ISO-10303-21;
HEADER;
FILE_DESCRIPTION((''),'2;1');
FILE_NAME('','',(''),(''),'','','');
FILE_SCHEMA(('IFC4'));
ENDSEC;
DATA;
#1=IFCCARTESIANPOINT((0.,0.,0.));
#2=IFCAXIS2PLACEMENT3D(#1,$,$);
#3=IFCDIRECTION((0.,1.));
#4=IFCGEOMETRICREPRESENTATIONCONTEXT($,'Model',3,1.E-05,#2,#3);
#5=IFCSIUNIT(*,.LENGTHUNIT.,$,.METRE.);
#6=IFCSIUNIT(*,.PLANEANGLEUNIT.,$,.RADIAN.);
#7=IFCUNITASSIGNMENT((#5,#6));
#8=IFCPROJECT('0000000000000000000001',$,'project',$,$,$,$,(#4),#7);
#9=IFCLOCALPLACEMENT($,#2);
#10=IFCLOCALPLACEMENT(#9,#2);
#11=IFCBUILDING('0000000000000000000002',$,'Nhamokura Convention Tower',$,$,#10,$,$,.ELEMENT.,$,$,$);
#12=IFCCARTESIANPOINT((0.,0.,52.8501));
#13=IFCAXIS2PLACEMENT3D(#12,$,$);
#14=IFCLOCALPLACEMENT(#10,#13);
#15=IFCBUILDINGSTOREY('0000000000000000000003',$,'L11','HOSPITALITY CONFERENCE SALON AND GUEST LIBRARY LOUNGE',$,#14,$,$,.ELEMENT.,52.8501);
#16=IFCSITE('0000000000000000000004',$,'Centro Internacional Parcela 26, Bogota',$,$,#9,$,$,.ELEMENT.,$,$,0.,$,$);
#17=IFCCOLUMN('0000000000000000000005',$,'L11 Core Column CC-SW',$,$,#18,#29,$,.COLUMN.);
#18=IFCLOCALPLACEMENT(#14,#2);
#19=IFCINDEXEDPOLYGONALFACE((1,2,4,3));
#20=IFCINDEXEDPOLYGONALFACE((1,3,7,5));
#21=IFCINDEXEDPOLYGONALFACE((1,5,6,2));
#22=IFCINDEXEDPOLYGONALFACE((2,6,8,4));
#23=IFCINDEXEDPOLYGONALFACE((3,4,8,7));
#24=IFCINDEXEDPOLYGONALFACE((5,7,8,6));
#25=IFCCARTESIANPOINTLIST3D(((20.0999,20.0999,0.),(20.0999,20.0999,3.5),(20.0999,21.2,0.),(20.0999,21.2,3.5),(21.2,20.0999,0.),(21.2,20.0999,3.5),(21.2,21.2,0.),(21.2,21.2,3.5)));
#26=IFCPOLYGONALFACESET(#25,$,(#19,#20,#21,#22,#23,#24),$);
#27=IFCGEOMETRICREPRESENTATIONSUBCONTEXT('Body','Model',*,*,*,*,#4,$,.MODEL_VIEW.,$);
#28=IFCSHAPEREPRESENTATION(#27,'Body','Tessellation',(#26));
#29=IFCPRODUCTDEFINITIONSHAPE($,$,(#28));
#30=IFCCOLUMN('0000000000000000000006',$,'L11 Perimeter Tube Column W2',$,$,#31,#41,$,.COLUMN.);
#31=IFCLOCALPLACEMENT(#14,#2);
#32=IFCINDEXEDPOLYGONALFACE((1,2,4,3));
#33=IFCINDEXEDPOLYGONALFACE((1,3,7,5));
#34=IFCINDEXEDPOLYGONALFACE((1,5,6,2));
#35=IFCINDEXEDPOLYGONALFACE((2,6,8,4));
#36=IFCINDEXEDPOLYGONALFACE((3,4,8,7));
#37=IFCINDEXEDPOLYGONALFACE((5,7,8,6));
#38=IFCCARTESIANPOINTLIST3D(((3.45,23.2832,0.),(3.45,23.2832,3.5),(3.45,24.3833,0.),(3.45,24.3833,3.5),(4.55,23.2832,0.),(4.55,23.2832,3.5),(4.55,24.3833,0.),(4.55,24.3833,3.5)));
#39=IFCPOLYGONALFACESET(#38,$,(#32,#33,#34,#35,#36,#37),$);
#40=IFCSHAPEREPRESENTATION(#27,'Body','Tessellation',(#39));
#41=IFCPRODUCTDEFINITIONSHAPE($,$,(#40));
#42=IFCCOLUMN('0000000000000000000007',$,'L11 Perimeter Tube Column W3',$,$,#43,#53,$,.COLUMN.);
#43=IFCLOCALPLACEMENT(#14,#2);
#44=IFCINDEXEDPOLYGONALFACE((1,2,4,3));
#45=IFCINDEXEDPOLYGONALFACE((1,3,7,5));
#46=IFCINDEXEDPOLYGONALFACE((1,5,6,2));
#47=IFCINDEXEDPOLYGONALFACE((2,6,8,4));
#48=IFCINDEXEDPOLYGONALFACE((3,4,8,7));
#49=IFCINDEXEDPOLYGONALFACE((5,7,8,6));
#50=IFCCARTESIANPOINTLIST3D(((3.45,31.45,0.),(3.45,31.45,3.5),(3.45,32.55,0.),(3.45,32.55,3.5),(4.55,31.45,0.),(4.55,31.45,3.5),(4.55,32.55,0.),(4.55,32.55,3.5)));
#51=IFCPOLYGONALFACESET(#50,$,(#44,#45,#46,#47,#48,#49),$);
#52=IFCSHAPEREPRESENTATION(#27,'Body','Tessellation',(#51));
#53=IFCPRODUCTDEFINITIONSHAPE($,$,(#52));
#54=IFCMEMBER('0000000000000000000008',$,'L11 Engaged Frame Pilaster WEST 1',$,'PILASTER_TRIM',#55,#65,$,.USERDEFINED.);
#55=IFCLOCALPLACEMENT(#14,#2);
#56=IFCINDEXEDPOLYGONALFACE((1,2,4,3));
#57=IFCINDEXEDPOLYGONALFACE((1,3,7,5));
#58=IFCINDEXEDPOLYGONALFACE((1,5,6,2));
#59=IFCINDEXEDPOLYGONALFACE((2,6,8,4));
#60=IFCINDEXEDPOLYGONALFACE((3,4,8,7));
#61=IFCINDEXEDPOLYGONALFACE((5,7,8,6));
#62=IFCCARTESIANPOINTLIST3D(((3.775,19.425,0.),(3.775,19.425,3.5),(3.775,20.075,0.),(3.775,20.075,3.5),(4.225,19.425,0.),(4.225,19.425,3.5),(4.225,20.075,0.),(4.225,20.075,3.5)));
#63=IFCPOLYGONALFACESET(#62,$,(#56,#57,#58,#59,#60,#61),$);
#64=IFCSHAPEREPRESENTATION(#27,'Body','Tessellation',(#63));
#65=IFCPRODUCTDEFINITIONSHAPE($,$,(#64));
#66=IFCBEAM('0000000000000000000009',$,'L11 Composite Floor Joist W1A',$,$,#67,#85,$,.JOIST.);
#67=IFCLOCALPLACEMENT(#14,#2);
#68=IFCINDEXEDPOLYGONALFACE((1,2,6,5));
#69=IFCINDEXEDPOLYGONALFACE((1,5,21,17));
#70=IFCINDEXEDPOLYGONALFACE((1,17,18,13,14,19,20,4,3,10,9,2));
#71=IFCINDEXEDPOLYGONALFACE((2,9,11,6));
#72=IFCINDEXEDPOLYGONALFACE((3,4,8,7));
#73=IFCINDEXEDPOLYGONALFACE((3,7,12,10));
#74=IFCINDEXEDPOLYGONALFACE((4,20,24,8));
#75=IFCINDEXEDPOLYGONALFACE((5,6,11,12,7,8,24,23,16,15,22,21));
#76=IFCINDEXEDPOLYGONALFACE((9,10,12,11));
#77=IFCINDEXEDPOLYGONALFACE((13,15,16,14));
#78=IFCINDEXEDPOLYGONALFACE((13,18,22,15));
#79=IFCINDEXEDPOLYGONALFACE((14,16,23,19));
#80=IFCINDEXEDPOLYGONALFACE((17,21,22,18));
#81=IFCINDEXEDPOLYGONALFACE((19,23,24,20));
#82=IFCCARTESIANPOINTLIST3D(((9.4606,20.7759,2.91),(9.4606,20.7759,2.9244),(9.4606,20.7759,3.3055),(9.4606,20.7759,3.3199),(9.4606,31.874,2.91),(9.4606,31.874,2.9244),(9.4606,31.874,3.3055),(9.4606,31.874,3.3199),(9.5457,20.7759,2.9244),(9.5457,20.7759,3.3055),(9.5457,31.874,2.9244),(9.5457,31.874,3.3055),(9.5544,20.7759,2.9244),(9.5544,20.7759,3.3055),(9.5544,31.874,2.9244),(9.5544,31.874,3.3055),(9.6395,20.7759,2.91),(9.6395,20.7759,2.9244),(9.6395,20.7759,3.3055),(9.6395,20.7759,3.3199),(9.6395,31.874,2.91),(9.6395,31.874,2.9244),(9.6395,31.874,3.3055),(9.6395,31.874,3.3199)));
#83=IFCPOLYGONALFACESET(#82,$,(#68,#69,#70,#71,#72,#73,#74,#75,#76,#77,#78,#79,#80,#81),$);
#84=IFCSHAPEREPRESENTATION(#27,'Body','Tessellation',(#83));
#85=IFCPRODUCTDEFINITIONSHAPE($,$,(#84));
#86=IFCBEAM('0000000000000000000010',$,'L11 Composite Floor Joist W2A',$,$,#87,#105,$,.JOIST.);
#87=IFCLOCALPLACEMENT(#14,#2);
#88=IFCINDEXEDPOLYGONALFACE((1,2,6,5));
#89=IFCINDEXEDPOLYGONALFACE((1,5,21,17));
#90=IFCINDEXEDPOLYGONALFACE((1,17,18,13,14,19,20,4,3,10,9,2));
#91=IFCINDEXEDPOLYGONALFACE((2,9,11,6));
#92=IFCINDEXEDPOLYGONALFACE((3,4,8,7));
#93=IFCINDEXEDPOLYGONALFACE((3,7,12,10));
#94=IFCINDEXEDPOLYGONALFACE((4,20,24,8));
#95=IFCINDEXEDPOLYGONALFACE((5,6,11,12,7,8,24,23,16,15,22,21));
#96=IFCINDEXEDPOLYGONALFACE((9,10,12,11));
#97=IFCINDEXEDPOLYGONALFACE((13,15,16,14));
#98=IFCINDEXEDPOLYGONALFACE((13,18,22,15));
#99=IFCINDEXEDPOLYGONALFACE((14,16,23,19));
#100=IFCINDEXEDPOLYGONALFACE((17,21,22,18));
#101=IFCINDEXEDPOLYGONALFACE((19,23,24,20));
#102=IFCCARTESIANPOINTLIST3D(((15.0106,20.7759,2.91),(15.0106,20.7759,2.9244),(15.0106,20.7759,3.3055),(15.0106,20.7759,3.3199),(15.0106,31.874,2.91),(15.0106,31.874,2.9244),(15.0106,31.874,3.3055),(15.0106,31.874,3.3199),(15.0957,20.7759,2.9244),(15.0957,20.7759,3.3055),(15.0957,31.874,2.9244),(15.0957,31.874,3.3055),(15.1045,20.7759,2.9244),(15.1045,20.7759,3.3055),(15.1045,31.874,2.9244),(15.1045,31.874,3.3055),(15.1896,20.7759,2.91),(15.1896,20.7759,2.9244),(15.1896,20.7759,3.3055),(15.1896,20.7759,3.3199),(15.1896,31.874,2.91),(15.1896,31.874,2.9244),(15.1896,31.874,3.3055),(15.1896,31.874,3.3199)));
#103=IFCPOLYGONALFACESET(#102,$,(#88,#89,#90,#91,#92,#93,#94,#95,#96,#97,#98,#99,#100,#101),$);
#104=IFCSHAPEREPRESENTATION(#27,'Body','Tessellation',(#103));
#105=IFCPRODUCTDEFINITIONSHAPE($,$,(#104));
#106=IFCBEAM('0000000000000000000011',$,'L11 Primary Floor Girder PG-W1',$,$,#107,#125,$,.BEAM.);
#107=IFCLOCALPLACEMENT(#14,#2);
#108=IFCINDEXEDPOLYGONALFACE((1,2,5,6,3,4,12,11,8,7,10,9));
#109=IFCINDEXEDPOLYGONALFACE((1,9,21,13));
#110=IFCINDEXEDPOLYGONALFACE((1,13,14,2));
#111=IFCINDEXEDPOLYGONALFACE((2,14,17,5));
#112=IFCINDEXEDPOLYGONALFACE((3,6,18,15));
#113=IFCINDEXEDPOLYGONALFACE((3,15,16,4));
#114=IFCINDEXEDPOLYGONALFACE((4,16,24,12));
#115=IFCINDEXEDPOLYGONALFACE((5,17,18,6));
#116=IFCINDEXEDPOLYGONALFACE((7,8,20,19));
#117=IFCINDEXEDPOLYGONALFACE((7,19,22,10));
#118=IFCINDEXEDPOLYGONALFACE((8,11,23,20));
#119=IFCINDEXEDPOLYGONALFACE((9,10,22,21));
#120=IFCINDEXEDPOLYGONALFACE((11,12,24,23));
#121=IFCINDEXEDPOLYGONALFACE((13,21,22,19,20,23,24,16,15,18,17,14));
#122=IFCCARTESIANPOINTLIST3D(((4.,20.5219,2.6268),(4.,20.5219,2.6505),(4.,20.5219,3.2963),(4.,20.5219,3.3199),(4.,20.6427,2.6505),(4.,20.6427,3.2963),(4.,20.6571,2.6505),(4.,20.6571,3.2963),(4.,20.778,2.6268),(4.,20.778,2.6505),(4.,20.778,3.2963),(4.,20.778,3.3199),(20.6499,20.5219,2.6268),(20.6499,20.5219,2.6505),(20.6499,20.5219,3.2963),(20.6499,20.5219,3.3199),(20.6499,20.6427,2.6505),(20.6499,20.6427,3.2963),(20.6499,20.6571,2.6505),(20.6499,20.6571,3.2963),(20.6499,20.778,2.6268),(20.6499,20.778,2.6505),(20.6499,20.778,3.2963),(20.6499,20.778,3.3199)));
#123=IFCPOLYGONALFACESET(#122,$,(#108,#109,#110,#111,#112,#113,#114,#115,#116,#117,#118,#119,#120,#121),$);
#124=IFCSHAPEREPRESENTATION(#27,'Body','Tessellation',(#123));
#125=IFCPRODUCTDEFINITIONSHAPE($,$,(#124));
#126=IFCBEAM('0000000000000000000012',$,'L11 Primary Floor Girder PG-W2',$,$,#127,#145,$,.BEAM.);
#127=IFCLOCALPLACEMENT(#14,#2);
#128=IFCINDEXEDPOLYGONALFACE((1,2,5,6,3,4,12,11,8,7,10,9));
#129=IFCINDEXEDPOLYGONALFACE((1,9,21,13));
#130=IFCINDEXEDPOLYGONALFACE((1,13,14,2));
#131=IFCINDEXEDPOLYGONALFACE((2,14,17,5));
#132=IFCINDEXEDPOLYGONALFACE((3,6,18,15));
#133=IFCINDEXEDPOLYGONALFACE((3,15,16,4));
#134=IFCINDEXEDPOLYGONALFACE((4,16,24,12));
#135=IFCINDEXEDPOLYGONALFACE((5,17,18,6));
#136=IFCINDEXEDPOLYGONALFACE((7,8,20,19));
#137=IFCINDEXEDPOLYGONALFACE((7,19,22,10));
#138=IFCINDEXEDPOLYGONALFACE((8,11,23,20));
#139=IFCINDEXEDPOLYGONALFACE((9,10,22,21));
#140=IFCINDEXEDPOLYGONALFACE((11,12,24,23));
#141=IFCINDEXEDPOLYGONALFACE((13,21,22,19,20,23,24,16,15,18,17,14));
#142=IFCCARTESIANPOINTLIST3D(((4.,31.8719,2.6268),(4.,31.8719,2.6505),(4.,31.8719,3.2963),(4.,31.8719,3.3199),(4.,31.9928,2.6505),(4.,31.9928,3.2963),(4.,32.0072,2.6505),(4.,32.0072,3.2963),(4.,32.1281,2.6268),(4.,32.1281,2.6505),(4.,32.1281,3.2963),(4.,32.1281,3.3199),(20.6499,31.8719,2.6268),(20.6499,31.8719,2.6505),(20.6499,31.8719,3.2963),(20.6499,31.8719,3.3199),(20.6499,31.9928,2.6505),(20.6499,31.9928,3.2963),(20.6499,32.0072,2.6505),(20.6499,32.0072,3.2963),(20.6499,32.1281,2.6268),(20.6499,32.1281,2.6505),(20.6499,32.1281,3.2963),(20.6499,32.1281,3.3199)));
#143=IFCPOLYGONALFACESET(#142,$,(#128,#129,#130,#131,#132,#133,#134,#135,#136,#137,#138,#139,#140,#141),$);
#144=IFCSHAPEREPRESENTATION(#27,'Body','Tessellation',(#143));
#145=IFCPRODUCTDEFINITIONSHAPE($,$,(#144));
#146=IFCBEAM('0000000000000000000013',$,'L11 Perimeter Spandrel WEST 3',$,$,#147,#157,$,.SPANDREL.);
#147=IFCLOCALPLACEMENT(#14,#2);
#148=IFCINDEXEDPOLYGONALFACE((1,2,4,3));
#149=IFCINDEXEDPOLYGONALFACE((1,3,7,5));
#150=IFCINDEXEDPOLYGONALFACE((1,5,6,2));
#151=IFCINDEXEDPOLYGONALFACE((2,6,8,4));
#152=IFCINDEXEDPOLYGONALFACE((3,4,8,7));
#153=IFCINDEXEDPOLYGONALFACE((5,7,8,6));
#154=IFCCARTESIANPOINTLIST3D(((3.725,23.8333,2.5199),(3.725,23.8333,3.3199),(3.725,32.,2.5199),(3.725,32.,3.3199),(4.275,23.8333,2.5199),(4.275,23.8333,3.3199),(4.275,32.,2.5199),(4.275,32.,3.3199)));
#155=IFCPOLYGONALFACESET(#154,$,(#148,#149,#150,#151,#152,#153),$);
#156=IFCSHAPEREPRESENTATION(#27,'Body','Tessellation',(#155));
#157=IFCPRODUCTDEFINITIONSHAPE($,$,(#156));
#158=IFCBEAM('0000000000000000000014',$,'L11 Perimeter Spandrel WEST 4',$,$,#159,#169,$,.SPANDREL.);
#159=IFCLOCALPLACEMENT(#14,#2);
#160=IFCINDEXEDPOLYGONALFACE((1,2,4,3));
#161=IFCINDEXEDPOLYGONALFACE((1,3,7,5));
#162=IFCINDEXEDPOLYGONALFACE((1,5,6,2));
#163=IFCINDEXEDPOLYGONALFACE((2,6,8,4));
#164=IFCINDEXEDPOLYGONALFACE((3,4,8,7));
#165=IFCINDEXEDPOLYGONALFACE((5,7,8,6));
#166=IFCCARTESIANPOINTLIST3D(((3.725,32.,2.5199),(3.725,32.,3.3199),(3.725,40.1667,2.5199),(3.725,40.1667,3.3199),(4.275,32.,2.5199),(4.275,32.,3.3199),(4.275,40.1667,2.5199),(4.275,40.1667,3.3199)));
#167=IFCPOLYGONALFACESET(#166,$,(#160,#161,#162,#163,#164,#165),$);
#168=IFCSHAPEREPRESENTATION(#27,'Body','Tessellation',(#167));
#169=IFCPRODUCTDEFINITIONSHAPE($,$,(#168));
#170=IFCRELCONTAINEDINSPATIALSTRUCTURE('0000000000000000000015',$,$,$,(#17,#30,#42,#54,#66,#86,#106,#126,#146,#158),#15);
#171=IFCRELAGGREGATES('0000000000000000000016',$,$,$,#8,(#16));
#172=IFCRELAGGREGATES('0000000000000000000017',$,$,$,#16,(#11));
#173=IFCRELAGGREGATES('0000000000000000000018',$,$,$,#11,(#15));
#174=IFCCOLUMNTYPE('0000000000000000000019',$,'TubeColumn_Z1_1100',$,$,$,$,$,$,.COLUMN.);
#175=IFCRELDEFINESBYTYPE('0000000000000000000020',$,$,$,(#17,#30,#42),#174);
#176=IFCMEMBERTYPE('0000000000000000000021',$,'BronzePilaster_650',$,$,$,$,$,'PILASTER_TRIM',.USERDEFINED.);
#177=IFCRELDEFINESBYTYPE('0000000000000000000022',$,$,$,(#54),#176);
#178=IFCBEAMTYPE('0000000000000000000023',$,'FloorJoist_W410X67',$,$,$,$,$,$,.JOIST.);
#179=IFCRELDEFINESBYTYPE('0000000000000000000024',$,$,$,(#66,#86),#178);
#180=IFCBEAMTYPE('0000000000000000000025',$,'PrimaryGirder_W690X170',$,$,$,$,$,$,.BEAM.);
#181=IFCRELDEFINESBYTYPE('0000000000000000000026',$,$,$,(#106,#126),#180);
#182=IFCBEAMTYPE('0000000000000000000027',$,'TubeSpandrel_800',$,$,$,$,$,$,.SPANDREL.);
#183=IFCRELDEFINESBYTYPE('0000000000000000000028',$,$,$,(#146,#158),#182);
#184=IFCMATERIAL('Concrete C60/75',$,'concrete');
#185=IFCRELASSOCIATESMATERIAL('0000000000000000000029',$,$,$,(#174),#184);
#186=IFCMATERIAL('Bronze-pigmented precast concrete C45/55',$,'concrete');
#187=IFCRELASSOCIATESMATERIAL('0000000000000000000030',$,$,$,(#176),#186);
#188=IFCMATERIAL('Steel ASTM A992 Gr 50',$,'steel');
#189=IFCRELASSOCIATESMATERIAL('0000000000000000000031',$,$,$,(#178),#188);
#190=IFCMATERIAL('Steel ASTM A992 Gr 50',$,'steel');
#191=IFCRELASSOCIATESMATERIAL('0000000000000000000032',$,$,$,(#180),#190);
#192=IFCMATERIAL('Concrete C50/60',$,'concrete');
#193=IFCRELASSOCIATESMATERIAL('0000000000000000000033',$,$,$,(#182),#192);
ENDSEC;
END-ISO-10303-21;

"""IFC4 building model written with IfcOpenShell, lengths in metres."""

from ifc_helpers import new_model, si_unit, direction, frame, origin, origin_2d, place, context, subcontext, project, spatial, rectangle, i_section, extrude, material, material_profile, profile_set, type_object, element, save


model = new_model("IFC4")

# Units and contexts
model_context = context("Model", 3, precision=1e-05, world=origin(), true_north=direction((0.0, 1.0)))
body_context = subcontext(model_context, "Body", "Model", "MODEL_VIEW")
ifc_project = project(units=[si_unit("LENGTHUNIT", "METRE"), si_unit("PLANEANGLEUNIT", "RADIAN")], contexts=[model_context])

# Site, building, storey
site_placement = place(None, origin())
site = spatial("IfcSite", under=ifc_project, at=site_placement, Name="Centro Internacional Parcela 26, Bogota", CompositionType="ELEMENT", RefElevation=0.0)
building_placement = place(site_placement, origin())
building = spatial("IfcBuilding", under=site, at=building_placement, Name="Nhamokura Convention Tower", CompositionType="ELEMENT")
storey_placement = place(building_placement, frame((0.0, 0.0, 52.8501)))
storey = spatial("IfcBuildingStorey", under=building, at=storey_placement, Name="L11", Description="HOSPITALITY CONFERENCE SALON AND GUEST LIBRARY LOUNGE", CompositionType="ELEMENT", Elevation=52.8501)

# Columns
ifc_material_1 = material(Name="Concrete C60/75", Category="concrete")
ifc_material_profile_1 = material_profile(ifc_material_1, rectangle(XDim=1.1001, YDim=1.1001, at=origin_2d()))
ifc_profile_set_1 = profile_set([ifc_material_profile_1], Name="Concrete C60/75")
column_type = type_object("IfcColumnType", Name="TubeColumn_Z1_1100", PredefinedType="COLUMN", material=ifc_profile_set_1)
for number, where, z_axis, x_axis, name in (
    (1, (20.6499, 20.6499, 0.0), (0.0, 0.0, 1.0), (1.0, 0.0, 0.0), "L11 Core Column CC-SW"),
    (2, (4.0, 23.8333, 0.0), (0.0, 0.0, 1.0), (1.0, 0.0, 0.0), "L11 Perimeter Tube Column W2"),
    (3, (4.0, 32.0, 0.0), (0.0, 0.0, 1.0), (1.0, 0.0, 0.0), "L11 Perimeter Tube Column W3"),
):
    element("IfcColumn", number, at=place(storey_placement, frame(where, z_axis=z_axis, x_axis=x_axis)), inside=storey, type_object=column_type, Name=name, PredefinedType="COLUMN", context=body_context, shape_type="SweptSolid", body=[
        extrude(rectangle(XDim=1.1001, YDim=1.1001, at=origin_2d()), origin(), (0.0, 0.0, 1.0), 3.5),
    ])

# Member
ifc_material_2 = material(Name="Bronze-pigmented precast concrete C45/55", Category="concrete")
ifc_material_profile_2 = material_profile(ifc_material_2, rectangle(XDim=0.45, YDim=0.6499, at=origin_2d()))
ifc_profile_set_2 = profile_set([ifc_material_profile_2], Name="Bronze-pigmented precast concrete C45/55")
member_type = type_object("IfcMemberType", Name="BronzePilaster_650", ElementType="PILASTER_TRIM", PredefinedType="USERDEFINED", material=ifc_profile_set_2)
member_placement = place(storey_placement, frame((4.0, 19.75, 0.0), z_axis=(0.0, 0.0, 1.0), x_axis=(1.0, 0.0, 0.0)))
element("IfcMember", 4, at=member_placement, inside=storey, type_object=member_type, Name="L11 Engaged Frame Pilaster WEST 1", ObjectType="PILASTER_TRIM", PredefinedType="USERDEFINED", context=body_context, shape_type="SweptSolid", body=[
    extrude(rectangle(XDim=0.45, YDim=0.6499, at=origin_2d()), origin(), (0.0, 0.0, 1.0), 3.5),
])

# Beams
ifc_material_3 = material(Name="Steel ASTM A992 Gr 50", Category="steel")
ifc_material_profile_3 = material_profile(ifc_material_3, i_section(OverallWidth=0.179, OverallDepth=0.4099, WebThickness=0.0088, FlangeThickness=0.0144, at=origin_2d()))
ifc_profile_set_3 = profile_set([ifc_material_profile_3], Name="Steel ASTM A992 Gr 50")
beam_type_1 = type_object("IfcBeamType", Name="FloorJoist_W410X67", PredefinedType="JOIST", material=ifc_profile_set_3)
for number, where, z_axis, x_axis, name in (
    (5, (9.55, 20.7759, 3.115), (0.0, 1.0, 0.0), (-1.0, 0.0, 0.0), "L11 Composite Floor Joist W1A"),
    (6, (15.1001, 20.7759, 3.115), (0.0, 1.0, 0.0), (-1.0, 0.0, 0.0), "L11 Composite Floor Joist W2A"),
):
    element("IfcBeam", number, at=place(storey_placement, frame(where, z_axis=z_axis, x_axis=x_axis)), inside=storey, type_object=beam_type_1, Name=name, PredefinedType="JOIST", context=body_context, shape_type="SweptSolid", body=[
        extrude(i_section(OverallWidth=0.179, OverallDepth=0.4099, WebThickness=0.0088, FlangeThickness=0.0144, at=origin_2d()), origin(), (0.0, 0.0, 1.0), 11.0981),
    ])
ifc_material_4 = material(Name="Steel ASTM A992 Gr 50", Category="steel")
ifc_material_profile_4 = material_profile(ifc_material_4, i_section(OverallWidth=0.2561, OverallDepth=0.6931, WebThickness=0.0144, FlangeThickness=0.0237, at=origin_2d()))
ifc_profile_set_4 = profile_set([ifc_material_profile_4], Name="Steel ASTM A992 Gr 50")
beam_type_2 = type_object("IfcBeamType", Name="PrimaryGirder_W690X170", PredefinedType="BEAM", material=ifc_profile_set_4)
for number, where, z_axis, x_axis, name in (
    (7, (4.0, 20.6499, 2.9734), (1.0, 0.0, 0.0), (0.0, 1.0, 0.0), "L11 Primary Floor Girder PG-W1"),
    (8, (4.0, 32.0, 2.9734), (1.0, 0.0, 0.0), (0.0, 1.0, 0.0), "L11 Primary Floor Girder PG-W2"),
):
    element("IfcBeam", number, at=place(storey_placement, frame(where, z_axis=z_axis, x_axis=x_axis)), inside=storey, type_object=beam_type_2, Name=name, PredefinedType="BEAM", context=body_context, shape_type="SweptSolid", body=[
        extrude(i_section(OverallWidth=0.2561, OverallDepth=0.6931, WebThickness=0.0144, FlangeThickness=0.0237, at=origin_2d()), origin(), (0.0, 0.0, 1.0), 16.6499),
    ])
ifc_material_5 = material(Name="Concrete C50/60", Category="concrete")
ifc_material_profile_5 = material_profile(ifc_material_5, rectangle(XDim=0.55, YDim=0.8, at=origin_2d()))
ifc_profile_set_5 = profile_set([ifc_material_profile_5], Name="Concrete C50/60")
beam_type_3 = type_object("IfcBeamType", Name="TubeSpandrel_800", PredefinedType="SPANDREL", material=ifc_profile_set_5)
for number, where, z_axis, x_axis, name in (
    (9, (4.0, 23.8333, 2.9199), (0.0, 1.0, 0.0), (-1.0, 0.0, 0.0), "L11 Perimeter Spandrel WEST 3"),
    (10, (4.0, 32.0, 2.9199), (0.0, 1.0, 0.0), (-1.0, 0.0, 0.0), "L11 Perimeter Spandrel WEST 4"),
):
    element("IfcBeam", number, at=place(storey_placement, frame(where, z_axis=z_axis, x_axis=x_axis)), inside=storey, type_object=beam_type_3, Name=name, PredefinedType="SPANDREL", context=body_context, shape_type="SweptSolid", body=[
        extrude(rectangle(XDim=0.55, YDim=0.8, at=origin_2d()), origin(), (0.0, 0.0, 1.0), 8.1667),
    ])

save(model, "model.ifc")
